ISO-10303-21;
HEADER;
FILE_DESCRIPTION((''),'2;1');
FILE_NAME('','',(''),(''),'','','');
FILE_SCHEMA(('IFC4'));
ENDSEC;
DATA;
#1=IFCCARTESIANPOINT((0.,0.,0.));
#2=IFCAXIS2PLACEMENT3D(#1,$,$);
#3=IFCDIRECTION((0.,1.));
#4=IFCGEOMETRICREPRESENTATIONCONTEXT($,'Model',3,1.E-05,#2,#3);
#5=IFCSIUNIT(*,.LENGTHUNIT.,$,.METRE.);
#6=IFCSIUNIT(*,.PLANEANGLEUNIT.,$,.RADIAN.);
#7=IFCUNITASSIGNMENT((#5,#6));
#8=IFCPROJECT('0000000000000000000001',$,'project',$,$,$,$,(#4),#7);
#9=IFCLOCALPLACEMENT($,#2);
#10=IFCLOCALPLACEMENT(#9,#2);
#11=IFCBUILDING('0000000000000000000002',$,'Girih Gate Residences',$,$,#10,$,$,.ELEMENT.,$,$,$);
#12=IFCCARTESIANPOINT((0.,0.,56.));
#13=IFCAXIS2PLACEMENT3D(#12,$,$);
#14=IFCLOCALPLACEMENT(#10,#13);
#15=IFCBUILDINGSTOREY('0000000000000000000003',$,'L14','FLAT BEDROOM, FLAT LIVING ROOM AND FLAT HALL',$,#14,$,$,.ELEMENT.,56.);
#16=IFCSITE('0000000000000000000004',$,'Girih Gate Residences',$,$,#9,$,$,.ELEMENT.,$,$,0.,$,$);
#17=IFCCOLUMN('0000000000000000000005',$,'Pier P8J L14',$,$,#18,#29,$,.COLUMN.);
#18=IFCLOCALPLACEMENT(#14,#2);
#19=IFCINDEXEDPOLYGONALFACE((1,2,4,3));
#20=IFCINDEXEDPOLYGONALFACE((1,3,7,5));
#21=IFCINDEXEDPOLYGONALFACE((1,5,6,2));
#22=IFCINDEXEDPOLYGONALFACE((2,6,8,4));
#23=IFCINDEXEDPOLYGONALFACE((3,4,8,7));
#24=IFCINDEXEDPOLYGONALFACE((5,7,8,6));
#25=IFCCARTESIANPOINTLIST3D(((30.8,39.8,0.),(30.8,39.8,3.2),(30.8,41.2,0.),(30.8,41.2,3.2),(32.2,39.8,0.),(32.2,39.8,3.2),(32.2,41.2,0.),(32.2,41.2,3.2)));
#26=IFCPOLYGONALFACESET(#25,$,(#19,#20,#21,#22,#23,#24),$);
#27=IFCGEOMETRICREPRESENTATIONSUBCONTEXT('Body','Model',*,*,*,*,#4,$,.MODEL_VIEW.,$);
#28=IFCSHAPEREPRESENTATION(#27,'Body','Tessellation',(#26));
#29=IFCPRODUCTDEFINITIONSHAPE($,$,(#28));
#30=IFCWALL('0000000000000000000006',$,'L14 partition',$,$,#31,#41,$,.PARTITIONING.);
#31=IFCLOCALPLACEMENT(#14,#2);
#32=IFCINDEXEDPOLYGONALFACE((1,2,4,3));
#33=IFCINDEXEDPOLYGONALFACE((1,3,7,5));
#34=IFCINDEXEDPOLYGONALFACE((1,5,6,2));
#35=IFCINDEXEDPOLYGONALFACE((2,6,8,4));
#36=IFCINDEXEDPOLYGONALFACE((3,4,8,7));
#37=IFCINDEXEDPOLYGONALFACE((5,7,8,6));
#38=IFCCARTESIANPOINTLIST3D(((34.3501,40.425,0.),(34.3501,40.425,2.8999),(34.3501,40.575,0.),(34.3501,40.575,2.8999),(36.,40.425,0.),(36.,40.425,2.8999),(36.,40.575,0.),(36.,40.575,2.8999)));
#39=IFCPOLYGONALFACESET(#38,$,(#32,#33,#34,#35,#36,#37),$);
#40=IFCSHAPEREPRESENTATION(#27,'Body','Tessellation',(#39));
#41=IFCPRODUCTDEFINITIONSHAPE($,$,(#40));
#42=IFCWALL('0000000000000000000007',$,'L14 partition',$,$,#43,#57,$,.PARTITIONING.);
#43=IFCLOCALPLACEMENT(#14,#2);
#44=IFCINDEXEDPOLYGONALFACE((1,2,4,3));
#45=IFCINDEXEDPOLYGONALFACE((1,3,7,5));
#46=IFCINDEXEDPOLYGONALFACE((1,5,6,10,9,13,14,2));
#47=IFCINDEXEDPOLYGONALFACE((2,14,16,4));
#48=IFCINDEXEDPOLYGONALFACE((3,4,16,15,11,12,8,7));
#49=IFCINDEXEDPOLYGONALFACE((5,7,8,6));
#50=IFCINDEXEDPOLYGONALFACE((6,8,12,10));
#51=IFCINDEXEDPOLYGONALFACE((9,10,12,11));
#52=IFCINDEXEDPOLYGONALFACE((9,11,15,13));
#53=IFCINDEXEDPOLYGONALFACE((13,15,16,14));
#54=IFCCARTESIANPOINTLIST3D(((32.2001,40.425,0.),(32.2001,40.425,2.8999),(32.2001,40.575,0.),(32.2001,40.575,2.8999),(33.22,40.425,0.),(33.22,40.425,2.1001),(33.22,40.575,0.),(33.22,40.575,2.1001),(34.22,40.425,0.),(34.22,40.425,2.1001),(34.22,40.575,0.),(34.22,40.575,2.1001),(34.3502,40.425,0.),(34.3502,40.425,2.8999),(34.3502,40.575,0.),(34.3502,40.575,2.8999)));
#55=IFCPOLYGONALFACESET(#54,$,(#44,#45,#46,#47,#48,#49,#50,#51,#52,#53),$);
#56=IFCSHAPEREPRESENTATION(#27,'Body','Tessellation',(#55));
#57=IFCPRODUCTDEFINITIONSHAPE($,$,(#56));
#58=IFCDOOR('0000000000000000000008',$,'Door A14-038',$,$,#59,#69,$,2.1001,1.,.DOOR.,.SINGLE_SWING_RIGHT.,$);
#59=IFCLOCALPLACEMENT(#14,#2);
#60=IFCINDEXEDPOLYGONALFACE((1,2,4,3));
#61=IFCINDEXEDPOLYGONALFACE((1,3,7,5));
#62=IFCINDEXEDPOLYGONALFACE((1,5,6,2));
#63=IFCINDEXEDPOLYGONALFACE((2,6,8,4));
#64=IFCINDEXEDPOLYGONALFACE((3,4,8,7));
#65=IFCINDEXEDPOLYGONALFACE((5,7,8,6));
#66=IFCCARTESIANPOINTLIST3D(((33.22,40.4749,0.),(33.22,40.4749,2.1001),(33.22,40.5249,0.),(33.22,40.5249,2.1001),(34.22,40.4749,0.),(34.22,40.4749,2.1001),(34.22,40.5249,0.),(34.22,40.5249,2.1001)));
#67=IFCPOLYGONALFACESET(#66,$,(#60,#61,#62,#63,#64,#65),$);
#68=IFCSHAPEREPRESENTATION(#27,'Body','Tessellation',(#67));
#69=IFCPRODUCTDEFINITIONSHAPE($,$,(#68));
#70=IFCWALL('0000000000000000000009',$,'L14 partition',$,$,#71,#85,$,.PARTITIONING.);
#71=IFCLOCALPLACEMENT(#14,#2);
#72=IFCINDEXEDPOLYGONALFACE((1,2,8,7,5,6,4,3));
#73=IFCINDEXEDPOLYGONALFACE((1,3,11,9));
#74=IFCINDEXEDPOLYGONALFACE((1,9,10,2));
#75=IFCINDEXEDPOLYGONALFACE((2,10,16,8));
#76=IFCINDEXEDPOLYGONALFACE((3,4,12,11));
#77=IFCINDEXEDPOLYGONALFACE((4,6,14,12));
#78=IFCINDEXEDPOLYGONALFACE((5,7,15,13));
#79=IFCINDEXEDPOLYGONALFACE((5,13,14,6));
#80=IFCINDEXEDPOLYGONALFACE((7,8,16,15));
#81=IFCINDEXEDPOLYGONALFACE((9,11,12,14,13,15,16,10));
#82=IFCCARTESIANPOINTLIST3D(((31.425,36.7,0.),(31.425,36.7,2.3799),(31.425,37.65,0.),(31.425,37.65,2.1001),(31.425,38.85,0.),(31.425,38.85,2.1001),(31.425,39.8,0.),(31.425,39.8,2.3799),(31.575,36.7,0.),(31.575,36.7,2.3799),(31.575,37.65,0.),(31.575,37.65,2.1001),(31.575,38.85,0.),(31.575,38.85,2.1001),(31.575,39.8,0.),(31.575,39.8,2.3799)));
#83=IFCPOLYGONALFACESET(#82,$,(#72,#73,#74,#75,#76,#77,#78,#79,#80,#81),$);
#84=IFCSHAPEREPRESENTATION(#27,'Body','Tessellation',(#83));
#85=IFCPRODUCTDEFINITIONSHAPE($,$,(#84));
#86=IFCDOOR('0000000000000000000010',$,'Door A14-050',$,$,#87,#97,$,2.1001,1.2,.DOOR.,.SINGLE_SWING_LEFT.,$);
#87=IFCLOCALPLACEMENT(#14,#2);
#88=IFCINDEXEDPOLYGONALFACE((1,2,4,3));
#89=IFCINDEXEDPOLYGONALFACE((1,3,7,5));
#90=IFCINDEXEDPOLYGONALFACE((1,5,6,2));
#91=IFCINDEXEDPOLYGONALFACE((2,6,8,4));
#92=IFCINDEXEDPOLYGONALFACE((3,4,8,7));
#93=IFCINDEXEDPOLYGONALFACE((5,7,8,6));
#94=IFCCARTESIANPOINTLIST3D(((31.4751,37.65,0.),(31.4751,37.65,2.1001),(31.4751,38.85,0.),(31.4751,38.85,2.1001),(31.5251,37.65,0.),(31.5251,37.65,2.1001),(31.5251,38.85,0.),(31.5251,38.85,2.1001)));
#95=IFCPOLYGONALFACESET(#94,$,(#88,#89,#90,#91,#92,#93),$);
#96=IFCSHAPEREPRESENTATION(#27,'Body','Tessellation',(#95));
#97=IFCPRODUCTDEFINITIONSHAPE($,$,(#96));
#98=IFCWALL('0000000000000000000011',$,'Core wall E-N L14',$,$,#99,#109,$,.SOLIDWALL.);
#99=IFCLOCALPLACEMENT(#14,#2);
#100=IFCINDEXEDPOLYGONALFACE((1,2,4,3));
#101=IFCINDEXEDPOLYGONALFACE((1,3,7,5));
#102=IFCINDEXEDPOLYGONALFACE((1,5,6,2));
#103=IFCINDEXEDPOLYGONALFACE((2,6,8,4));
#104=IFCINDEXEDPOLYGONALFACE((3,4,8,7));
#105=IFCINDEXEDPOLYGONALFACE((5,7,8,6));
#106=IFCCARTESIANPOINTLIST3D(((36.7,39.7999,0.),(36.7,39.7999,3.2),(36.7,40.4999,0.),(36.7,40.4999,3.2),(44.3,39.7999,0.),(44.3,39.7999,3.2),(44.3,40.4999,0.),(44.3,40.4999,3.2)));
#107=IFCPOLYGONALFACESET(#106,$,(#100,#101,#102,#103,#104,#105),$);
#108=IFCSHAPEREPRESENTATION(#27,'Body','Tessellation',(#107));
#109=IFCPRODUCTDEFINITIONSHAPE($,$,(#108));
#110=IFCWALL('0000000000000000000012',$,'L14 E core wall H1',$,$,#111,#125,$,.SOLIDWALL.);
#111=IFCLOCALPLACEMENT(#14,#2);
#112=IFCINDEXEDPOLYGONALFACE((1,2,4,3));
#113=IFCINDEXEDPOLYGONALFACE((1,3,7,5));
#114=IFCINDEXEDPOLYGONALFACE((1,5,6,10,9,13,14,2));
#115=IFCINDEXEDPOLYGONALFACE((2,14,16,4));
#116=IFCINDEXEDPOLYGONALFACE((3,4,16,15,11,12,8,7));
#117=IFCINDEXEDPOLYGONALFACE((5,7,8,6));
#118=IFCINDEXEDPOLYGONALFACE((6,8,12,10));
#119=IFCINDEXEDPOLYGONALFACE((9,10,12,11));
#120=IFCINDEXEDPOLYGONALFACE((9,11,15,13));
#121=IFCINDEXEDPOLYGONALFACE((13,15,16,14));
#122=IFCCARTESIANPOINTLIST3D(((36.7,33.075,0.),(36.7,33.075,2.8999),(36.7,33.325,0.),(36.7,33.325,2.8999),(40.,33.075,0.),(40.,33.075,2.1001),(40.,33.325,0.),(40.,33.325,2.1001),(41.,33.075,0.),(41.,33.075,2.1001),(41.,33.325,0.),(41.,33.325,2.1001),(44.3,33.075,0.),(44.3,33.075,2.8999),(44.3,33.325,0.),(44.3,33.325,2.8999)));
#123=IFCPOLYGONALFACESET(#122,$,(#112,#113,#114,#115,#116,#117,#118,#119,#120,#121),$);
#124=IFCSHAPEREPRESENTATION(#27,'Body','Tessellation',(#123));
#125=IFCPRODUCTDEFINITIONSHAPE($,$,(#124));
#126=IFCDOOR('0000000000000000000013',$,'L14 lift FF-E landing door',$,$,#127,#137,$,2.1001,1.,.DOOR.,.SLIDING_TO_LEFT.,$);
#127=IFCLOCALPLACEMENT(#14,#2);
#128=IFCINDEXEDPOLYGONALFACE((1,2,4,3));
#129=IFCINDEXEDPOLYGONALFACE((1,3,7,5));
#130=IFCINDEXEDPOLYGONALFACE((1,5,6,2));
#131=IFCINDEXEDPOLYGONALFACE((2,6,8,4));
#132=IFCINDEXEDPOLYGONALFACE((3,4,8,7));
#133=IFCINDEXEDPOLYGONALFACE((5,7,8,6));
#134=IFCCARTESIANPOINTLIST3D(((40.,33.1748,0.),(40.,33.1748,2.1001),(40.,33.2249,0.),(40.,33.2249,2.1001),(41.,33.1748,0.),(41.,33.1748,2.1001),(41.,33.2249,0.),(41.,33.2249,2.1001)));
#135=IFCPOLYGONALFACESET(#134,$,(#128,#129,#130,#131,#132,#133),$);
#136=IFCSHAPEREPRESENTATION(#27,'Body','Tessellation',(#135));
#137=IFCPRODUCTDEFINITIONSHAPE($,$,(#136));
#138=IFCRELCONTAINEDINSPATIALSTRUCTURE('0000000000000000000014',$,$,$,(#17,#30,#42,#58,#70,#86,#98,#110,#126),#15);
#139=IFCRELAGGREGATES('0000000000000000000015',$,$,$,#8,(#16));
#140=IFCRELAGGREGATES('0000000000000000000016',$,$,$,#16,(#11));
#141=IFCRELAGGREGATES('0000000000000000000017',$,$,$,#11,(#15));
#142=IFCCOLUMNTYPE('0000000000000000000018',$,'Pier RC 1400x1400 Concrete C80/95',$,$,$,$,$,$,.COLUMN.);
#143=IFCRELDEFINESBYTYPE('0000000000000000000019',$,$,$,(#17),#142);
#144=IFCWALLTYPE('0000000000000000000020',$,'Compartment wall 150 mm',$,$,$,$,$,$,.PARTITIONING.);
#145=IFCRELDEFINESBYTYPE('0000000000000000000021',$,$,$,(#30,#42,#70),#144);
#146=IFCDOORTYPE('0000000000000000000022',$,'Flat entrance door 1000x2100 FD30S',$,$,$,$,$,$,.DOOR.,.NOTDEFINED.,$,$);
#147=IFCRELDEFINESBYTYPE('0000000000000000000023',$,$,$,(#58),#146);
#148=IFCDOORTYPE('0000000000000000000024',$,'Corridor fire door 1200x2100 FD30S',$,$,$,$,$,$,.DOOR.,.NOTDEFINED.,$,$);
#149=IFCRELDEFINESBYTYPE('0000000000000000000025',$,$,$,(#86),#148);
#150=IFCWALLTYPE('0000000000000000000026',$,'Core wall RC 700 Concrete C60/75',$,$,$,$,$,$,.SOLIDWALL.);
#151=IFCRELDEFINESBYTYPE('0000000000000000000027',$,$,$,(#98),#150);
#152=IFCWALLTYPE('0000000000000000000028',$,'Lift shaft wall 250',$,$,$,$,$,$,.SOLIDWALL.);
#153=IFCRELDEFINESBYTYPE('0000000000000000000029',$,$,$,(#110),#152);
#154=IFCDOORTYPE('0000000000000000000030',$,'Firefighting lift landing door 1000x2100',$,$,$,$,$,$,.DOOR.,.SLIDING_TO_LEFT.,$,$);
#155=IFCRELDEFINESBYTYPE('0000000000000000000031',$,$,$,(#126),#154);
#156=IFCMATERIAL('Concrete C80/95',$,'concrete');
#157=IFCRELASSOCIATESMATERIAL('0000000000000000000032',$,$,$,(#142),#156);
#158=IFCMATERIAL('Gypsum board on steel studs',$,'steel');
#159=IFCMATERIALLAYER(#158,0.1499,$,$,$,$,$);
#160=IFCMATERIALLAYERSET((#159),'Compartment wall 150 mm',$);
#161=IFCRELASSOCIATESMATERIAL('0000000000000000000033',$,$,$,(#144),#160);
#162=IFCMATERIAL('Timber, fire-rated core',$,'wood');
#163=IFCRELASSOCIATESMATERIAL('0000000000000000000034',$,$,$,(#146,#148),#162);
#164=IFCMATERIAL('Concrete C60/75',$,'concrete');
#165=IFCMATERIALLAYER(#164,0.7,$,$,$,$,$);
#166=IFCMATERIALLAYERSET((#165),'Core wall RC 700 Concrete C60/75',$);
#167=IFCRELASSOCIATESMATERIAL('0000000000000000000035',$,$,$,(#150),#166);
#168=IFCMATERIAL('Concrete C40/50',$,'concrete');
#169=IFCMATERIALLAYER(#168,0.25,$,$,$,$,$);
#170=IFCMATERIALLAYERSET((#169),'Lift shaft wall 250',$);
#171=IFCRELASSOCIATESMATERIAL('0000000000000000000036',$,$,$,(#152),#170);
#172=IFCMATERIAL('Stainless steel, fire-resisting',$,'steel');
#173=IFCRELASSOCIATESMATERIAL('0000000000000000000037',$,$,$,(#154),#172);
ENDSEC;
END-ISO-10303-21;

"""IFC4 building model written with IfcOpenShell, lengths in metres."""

from ifc_helpers import new_model, si_unit, direction, frame, frame_2d, origin, origin_2d, place, context, subcontext, project, spatial, rectangle, extrude, material, layer, layer_set, material_profile, profile_set, type_object, element, fill, save


model = new_model("IFC4")

# Units and contexts
model_context = context("Model", 3, precision=1e-05, world=origin(), true_north=direction((0.0, 1.0)))
body_context = subcontext(model_context, "Body", "Model", "MODEL_VIEW")
ifc_project = project(units=[si_unit("LENGTHUNIT", "METRE"), si_unit("PLANEANGLEUNIT", "RADIAN")], contexts=[model_context])

# Site, building, storey
site_placement = place(None, origin())
site = spatial("IfcSite", under=ifc_project, at=site_placement, Name="Girih Gate Residences", CompositionType="ELEMENT", RefElevation=0.0)
building_placement = place(site_placement, origin())
building = spatial("IfcBuilding", under=site, at=building_placement, Name="Girih Gate Residences", CompositionType="ELEMENT")
storey_placement = place(building_placement, frame((0.0, 0.0, 56.0)))
storey = spatial("IfcBuildingStorey", under=building, at=storey_placement, Name="L14", Description="FLAT BEDROOM, FLAT LIVING ROOM AND FLAT HALL", CompositionType="ELEMENT", Elevation=56.0)

# Column
ifc_material_1 = material(Name="Concrete C80/95", Category="concrete")
ifc_material_profile = material_profile(ifc_material_1, rectangle(XDim=1.3999, YDim=1.3999, at=origin_2d()))
ifc_profile_set = profile_set([ifc_material_profile], Name="Concrete C80/95")
column_type = type_object("IfcColumnType", Name="Pier RC 1400x1400 Concrete C80/95", PredefinedType="COLUMN", material=ifc_profile_set)
column_placement = place(storey_placement, frame((31.5, 40.5, 0.0), z_axis=(0.0, 0.0, 1.0), x_axis=(1.0, 0.0, 0.0)))
element("IfcColumn", 1, at=column_placement, inside=storey, type_object=column_type, Name="Pier P8J L14", PredefinedType="COLUMN", context=body_context, shape_type="SweptSolid", body=[
    extrude(rectangle(XDim=1.3999, YDim=1.3999, at=origin_2d()), origin(), (0.0, 0.0, 1.0), 3.2),
])

# Wall
ifc_material_2 = material(Name="Gypsum board on steel studs", Category="steel")
ifc_layer_1 = layer(ifc_material_2, 0.1499)
ifc_layer_set_1 = layer_set([ifc_layer_1], Name="Compartment wall 150 mm")
wall_type_1 = type_object("IfcWallType", Name="Compartment wall 150 mm", PredefinedType="PARTITIONING", material=ifc_layer_set_1)
wall_1_placement = place(storey_placement, frame((34.3501, 40.5, 0.0), z_axis=(0.0, 0.0, 1.0), x_axis=(1.0, 0.0, 0.0)))
element("IfcWall", 2, at=wall_1_placement, inside=storey, type_object=wall_type_1, Name="L14 partition", PredefinedType="PARTITIONING", context=body_context, shape_type="SweptSolid", body=[
    extrude(rectangle(XDim=1.6499, YDim=0.1499, at=frame_2d((0.825, 0.0))), origin(), (0.0, 0.0, 1.0), 2.8999),
])

# Walls, openings, doors
wall_2_placement = place(storey_placement, frame((32.2, 40.5, 0.0), z_axis=(0.0, 0.0, 1.0), x_axis=(1.0, 0.0, 0.0)))
wall_2 = element("IfcWall", 3, at=wall_2_placement, inside=storey, type_object=wall_type_1, Name="L14 partition", PredefinedType="PARTITIONING", context=body_context, shape_type="SweptSolid", body=[
    extrude(rectangle(XDim=2.1501, YDim=0.1499, at=frame_2d((1.0752, 0.0))), origin(), (0.0, 0.0, 1.0), 2.8999),
])
opening_1_placement = place(wall_2_placement, frame((1.02, 0.0, 0.0)))
opening_1 = element("IfcOpeningElement", 4, at=opening_1_placement, cuts=wall_2, PredefinedType="OPENING", context=body_context, shape_type="SweptSolid", body=[
    extrude(rectangle(XDim=1.0, YDim=2.1001, at=frame_2d((0.5, 1.05))), frame((0.0, 0.085, 0.0), z_axis=(0.0, -1.0, 0.0), x_axis=(1.0, 0.0, 0.0)), (0.0, 0.0, 1.0), 0.1699),
])
ifc_material_3 = material(Name="Timber, fire-rated core", Category="wood")
door_type_1 = type_object("IfcDoorType", Name="Flat entrance door 1000x2100 FD30S", OperationType="NOTDEFINED", PredefinedType="DOOR", material=ifc_material_3)
door_1_placement = place(opening_1_placement, origin())
door_1 = element("IfcDoor", 5, at=door_1_placement, inside=storey, type_object=door_type_1, Name="Door A14-038", OperationType="SINGLE_SWING_RIGHT", OverallHeight=2.1001, OverallWidth=1.0, PredefinedType="DOOR", context=body_context, shape_type="SweptSolid", body=[
    extrude(rectangle(XDim=1.0, YDim=2.1001, at=frame_2d((0.5, 1.05))), frame((0.0, 0.0249, 0.0), z_axis=(0.0, -1.0, 0.0), x_axis=(1.0, 0.0, 0.0)), (0.0, 0.0, 1.0), 0.05),
])
fill(opening_1, door_1)
wall_3_placement = place(storey_placement, frame((31.5, 36.7, 0.0), z_axis=(0.0, 0.0, 1.0), x_axis=(0.0, 1.0, 0.0)))
wall_3 = element("IfcWall", 6, at=wall_3_placement, inside=storey, type_object=wall_type_1, Name="L14 partition", PredefinedType="PARTITIONING", context=body_context, shape_type="SweptSolid", body=[
    extrude(rectangle(XDim=3.1001, YDim=0.1499, at=frame_2d((1.55, 0.0))), origin(), (0.0, 0.0, 1.0), 2.3799),
])
opening_2_placement = place(wall_3_placement, frame((0.95, 0.0, 0.0)))
opening_2 = element("IfcOpeningElement", 7, at=opening_2_placement, cuts=wall_3, PredefinedType="OPENING", context=body_context, shape_type="SweptSolid", body=[
    extrude(rectangle(XDim=1.2, YDim=2.1001, at=frame_2d((0.6001, 1.05))), frame((0.0, 0.085, 0.0), z_axis=(0.0, -1.0, 0.0), x_axis=(1.0, 0.0, 0.0)), (0.0, 0.0, 1.0), 0.1699),
])
door_type_2 = type_object("IfcDoorType", Name="Corridor fire door 1200x2100 FD30S", OperationType="NOTDEFINED", PredefinedType="DOOR", material=ifc_material_3)
door_2_placement = place(opening_2_placement, origin())
door_2 = element("IfcDoor", 8, at=door_2_placement, inside=storey, type_object=door_type_2, Name="Door A14-050", OperationType="SINGLE_SWING_LEFT", OverallHeight=2.1001, OverallWidth=1.2, PredefinedType="DOOR", context=body_context, shape_type="SweptSolid", body=[
    extrude(rectangle(XDim=1.2, YDim=2.1001, at=frame_2d((0.6001, 1.05))), frame((0.0, 0.0249, 0.0), z_axis=(0.0, -1.0, 0.0), x_axis=(1.0, 0.0, 0.0)), (0.0, 0.0, 1.0), 0.05),
])
fill(opening_2, door_2)

# Wall
ifc_material_4 = material(Name="Concrete C60/75", Category="concrete")
ifc_layer_2 = layer(ifc_material_4, 0.7)
ifc_layer_set_2 = layer_set([ifc_layer_2], Name="Core wall RC 700 Concrete C60/75")
wall_type_2 = type_object("IfcWallType", Name="Core wall RC 700 Concrete C60/75", PredefinedType="SOLIDWALL", material=ifc_layer_set_2)
wall_4_placement = place(storey_placement, frame((36.7, 40.1499, 0.0), z_axis=(0.0, 0.0, 1.0), x_axis=(1.0, 0.0, 0.0)))
element("IfcWall", 9, at=wall_4_placement, inside=storey, type_object=wall_type_2, Name="Core wall E-N L14", PredefinedType="SOLIDWALL", context=body_context, shape_type="SweptSolid", body=[
    extrude(rectangle(XDim=7.6001, YDim=0.7, at=frame_2d((3.8, 0.0))), origin(), (0.0, 0.0, 1.0), 3.2),
])

# Wall, opening, door
ifc_material_5 = material(Name="Concrete C40/50", Category="concrete")
ifc_layer_3 = layer(ifc_material_5, 0.25)
ifc_layer_set_3 = layer_set([ifc_layer_3], Name="Lift shaft wall 250")
wall_type_3 = type_object("IfcWallType", Name="Lift shaft wall 250", PredefinedType="SOLIDWALL", material=ifc_layer_set_3)
wall_5_placement = place(storey_placement, frame((36.7, 33.2, 0.0), z_axis=(0.0, 0.0, 1.0), x_axis=(1.0, 0.0, 0.0)))
wall_5 = element("IfcWall", 10, at=wall_5_placement, inside=storey, type_object=wall_type_3, Name="L14 E core wall H1", PredefinedType="SOLIDWALL", context=body_context, shape_type="SweptSolid", body=[
    extrude(rectangle(XDim=7.6001, YDim=0.25, at=frame_2d((3.8, 0.0))), origin(), (0.0, 0.0, 1.0), 2.8999),
])
opening_3_placement = place(wall_5_placement, frame((3.3, 0.0, 0.0)))
opening_3 = element("IfcOpeningElement", 11, at=opening_3_placement, cuts=wall_5, PredefinedType="OPENING", context=body_context, shape_type="SweptSolid", body=[
    extrude(rectangle(XDim=1.0, YDim=2.1001, at=frame_2d((0.5, 1.05))), frame((0.0, 0.135, 0.0), z_axis=(0.0, -1.0, 0.0), x_axis=(1.0, 0.0, 0.0)), (0.0, 0.0, 1.0), 0.27),
])
ifc_material_6 = material(Name="Stainless steel, fire-resisting", Category="steel")
door_type_3 = type_object("IfcDoorType", Name="Firefighting lift landing door 1000x2100", OperationType="SLIDING_TO_LEFT", PredefinedType="DOOR", material=ifc_material_6)
door_3_placement = place(opening_3_placement, origin())
door_3 = element("IfcDoor", 12, at=door_3_placement, inside=storey, type_object=door_type_3, Name="L14 lift FF-E landing door", OperationType="SLIDING_TO_LEFT", OverallHeight=2.1001, OverallWidth=1.0, PredefinedType="DOOR", context=body_context, shape_type="SweptSolid", body=[
    extrude(rectangle(XDim=1.0, YDim=2.1001, at=frame_2d((0.5, 1.05))), frame((0.0, 0.0249, 0.0), z_axis=(0.0, -1.0, 0.0), x_axis=(1.0, 0.0, 0.0)), (0.0, 0.0, 1.0), 0.05),
])
fill(opening_3, door_3)

save(model, "model.ifc")
